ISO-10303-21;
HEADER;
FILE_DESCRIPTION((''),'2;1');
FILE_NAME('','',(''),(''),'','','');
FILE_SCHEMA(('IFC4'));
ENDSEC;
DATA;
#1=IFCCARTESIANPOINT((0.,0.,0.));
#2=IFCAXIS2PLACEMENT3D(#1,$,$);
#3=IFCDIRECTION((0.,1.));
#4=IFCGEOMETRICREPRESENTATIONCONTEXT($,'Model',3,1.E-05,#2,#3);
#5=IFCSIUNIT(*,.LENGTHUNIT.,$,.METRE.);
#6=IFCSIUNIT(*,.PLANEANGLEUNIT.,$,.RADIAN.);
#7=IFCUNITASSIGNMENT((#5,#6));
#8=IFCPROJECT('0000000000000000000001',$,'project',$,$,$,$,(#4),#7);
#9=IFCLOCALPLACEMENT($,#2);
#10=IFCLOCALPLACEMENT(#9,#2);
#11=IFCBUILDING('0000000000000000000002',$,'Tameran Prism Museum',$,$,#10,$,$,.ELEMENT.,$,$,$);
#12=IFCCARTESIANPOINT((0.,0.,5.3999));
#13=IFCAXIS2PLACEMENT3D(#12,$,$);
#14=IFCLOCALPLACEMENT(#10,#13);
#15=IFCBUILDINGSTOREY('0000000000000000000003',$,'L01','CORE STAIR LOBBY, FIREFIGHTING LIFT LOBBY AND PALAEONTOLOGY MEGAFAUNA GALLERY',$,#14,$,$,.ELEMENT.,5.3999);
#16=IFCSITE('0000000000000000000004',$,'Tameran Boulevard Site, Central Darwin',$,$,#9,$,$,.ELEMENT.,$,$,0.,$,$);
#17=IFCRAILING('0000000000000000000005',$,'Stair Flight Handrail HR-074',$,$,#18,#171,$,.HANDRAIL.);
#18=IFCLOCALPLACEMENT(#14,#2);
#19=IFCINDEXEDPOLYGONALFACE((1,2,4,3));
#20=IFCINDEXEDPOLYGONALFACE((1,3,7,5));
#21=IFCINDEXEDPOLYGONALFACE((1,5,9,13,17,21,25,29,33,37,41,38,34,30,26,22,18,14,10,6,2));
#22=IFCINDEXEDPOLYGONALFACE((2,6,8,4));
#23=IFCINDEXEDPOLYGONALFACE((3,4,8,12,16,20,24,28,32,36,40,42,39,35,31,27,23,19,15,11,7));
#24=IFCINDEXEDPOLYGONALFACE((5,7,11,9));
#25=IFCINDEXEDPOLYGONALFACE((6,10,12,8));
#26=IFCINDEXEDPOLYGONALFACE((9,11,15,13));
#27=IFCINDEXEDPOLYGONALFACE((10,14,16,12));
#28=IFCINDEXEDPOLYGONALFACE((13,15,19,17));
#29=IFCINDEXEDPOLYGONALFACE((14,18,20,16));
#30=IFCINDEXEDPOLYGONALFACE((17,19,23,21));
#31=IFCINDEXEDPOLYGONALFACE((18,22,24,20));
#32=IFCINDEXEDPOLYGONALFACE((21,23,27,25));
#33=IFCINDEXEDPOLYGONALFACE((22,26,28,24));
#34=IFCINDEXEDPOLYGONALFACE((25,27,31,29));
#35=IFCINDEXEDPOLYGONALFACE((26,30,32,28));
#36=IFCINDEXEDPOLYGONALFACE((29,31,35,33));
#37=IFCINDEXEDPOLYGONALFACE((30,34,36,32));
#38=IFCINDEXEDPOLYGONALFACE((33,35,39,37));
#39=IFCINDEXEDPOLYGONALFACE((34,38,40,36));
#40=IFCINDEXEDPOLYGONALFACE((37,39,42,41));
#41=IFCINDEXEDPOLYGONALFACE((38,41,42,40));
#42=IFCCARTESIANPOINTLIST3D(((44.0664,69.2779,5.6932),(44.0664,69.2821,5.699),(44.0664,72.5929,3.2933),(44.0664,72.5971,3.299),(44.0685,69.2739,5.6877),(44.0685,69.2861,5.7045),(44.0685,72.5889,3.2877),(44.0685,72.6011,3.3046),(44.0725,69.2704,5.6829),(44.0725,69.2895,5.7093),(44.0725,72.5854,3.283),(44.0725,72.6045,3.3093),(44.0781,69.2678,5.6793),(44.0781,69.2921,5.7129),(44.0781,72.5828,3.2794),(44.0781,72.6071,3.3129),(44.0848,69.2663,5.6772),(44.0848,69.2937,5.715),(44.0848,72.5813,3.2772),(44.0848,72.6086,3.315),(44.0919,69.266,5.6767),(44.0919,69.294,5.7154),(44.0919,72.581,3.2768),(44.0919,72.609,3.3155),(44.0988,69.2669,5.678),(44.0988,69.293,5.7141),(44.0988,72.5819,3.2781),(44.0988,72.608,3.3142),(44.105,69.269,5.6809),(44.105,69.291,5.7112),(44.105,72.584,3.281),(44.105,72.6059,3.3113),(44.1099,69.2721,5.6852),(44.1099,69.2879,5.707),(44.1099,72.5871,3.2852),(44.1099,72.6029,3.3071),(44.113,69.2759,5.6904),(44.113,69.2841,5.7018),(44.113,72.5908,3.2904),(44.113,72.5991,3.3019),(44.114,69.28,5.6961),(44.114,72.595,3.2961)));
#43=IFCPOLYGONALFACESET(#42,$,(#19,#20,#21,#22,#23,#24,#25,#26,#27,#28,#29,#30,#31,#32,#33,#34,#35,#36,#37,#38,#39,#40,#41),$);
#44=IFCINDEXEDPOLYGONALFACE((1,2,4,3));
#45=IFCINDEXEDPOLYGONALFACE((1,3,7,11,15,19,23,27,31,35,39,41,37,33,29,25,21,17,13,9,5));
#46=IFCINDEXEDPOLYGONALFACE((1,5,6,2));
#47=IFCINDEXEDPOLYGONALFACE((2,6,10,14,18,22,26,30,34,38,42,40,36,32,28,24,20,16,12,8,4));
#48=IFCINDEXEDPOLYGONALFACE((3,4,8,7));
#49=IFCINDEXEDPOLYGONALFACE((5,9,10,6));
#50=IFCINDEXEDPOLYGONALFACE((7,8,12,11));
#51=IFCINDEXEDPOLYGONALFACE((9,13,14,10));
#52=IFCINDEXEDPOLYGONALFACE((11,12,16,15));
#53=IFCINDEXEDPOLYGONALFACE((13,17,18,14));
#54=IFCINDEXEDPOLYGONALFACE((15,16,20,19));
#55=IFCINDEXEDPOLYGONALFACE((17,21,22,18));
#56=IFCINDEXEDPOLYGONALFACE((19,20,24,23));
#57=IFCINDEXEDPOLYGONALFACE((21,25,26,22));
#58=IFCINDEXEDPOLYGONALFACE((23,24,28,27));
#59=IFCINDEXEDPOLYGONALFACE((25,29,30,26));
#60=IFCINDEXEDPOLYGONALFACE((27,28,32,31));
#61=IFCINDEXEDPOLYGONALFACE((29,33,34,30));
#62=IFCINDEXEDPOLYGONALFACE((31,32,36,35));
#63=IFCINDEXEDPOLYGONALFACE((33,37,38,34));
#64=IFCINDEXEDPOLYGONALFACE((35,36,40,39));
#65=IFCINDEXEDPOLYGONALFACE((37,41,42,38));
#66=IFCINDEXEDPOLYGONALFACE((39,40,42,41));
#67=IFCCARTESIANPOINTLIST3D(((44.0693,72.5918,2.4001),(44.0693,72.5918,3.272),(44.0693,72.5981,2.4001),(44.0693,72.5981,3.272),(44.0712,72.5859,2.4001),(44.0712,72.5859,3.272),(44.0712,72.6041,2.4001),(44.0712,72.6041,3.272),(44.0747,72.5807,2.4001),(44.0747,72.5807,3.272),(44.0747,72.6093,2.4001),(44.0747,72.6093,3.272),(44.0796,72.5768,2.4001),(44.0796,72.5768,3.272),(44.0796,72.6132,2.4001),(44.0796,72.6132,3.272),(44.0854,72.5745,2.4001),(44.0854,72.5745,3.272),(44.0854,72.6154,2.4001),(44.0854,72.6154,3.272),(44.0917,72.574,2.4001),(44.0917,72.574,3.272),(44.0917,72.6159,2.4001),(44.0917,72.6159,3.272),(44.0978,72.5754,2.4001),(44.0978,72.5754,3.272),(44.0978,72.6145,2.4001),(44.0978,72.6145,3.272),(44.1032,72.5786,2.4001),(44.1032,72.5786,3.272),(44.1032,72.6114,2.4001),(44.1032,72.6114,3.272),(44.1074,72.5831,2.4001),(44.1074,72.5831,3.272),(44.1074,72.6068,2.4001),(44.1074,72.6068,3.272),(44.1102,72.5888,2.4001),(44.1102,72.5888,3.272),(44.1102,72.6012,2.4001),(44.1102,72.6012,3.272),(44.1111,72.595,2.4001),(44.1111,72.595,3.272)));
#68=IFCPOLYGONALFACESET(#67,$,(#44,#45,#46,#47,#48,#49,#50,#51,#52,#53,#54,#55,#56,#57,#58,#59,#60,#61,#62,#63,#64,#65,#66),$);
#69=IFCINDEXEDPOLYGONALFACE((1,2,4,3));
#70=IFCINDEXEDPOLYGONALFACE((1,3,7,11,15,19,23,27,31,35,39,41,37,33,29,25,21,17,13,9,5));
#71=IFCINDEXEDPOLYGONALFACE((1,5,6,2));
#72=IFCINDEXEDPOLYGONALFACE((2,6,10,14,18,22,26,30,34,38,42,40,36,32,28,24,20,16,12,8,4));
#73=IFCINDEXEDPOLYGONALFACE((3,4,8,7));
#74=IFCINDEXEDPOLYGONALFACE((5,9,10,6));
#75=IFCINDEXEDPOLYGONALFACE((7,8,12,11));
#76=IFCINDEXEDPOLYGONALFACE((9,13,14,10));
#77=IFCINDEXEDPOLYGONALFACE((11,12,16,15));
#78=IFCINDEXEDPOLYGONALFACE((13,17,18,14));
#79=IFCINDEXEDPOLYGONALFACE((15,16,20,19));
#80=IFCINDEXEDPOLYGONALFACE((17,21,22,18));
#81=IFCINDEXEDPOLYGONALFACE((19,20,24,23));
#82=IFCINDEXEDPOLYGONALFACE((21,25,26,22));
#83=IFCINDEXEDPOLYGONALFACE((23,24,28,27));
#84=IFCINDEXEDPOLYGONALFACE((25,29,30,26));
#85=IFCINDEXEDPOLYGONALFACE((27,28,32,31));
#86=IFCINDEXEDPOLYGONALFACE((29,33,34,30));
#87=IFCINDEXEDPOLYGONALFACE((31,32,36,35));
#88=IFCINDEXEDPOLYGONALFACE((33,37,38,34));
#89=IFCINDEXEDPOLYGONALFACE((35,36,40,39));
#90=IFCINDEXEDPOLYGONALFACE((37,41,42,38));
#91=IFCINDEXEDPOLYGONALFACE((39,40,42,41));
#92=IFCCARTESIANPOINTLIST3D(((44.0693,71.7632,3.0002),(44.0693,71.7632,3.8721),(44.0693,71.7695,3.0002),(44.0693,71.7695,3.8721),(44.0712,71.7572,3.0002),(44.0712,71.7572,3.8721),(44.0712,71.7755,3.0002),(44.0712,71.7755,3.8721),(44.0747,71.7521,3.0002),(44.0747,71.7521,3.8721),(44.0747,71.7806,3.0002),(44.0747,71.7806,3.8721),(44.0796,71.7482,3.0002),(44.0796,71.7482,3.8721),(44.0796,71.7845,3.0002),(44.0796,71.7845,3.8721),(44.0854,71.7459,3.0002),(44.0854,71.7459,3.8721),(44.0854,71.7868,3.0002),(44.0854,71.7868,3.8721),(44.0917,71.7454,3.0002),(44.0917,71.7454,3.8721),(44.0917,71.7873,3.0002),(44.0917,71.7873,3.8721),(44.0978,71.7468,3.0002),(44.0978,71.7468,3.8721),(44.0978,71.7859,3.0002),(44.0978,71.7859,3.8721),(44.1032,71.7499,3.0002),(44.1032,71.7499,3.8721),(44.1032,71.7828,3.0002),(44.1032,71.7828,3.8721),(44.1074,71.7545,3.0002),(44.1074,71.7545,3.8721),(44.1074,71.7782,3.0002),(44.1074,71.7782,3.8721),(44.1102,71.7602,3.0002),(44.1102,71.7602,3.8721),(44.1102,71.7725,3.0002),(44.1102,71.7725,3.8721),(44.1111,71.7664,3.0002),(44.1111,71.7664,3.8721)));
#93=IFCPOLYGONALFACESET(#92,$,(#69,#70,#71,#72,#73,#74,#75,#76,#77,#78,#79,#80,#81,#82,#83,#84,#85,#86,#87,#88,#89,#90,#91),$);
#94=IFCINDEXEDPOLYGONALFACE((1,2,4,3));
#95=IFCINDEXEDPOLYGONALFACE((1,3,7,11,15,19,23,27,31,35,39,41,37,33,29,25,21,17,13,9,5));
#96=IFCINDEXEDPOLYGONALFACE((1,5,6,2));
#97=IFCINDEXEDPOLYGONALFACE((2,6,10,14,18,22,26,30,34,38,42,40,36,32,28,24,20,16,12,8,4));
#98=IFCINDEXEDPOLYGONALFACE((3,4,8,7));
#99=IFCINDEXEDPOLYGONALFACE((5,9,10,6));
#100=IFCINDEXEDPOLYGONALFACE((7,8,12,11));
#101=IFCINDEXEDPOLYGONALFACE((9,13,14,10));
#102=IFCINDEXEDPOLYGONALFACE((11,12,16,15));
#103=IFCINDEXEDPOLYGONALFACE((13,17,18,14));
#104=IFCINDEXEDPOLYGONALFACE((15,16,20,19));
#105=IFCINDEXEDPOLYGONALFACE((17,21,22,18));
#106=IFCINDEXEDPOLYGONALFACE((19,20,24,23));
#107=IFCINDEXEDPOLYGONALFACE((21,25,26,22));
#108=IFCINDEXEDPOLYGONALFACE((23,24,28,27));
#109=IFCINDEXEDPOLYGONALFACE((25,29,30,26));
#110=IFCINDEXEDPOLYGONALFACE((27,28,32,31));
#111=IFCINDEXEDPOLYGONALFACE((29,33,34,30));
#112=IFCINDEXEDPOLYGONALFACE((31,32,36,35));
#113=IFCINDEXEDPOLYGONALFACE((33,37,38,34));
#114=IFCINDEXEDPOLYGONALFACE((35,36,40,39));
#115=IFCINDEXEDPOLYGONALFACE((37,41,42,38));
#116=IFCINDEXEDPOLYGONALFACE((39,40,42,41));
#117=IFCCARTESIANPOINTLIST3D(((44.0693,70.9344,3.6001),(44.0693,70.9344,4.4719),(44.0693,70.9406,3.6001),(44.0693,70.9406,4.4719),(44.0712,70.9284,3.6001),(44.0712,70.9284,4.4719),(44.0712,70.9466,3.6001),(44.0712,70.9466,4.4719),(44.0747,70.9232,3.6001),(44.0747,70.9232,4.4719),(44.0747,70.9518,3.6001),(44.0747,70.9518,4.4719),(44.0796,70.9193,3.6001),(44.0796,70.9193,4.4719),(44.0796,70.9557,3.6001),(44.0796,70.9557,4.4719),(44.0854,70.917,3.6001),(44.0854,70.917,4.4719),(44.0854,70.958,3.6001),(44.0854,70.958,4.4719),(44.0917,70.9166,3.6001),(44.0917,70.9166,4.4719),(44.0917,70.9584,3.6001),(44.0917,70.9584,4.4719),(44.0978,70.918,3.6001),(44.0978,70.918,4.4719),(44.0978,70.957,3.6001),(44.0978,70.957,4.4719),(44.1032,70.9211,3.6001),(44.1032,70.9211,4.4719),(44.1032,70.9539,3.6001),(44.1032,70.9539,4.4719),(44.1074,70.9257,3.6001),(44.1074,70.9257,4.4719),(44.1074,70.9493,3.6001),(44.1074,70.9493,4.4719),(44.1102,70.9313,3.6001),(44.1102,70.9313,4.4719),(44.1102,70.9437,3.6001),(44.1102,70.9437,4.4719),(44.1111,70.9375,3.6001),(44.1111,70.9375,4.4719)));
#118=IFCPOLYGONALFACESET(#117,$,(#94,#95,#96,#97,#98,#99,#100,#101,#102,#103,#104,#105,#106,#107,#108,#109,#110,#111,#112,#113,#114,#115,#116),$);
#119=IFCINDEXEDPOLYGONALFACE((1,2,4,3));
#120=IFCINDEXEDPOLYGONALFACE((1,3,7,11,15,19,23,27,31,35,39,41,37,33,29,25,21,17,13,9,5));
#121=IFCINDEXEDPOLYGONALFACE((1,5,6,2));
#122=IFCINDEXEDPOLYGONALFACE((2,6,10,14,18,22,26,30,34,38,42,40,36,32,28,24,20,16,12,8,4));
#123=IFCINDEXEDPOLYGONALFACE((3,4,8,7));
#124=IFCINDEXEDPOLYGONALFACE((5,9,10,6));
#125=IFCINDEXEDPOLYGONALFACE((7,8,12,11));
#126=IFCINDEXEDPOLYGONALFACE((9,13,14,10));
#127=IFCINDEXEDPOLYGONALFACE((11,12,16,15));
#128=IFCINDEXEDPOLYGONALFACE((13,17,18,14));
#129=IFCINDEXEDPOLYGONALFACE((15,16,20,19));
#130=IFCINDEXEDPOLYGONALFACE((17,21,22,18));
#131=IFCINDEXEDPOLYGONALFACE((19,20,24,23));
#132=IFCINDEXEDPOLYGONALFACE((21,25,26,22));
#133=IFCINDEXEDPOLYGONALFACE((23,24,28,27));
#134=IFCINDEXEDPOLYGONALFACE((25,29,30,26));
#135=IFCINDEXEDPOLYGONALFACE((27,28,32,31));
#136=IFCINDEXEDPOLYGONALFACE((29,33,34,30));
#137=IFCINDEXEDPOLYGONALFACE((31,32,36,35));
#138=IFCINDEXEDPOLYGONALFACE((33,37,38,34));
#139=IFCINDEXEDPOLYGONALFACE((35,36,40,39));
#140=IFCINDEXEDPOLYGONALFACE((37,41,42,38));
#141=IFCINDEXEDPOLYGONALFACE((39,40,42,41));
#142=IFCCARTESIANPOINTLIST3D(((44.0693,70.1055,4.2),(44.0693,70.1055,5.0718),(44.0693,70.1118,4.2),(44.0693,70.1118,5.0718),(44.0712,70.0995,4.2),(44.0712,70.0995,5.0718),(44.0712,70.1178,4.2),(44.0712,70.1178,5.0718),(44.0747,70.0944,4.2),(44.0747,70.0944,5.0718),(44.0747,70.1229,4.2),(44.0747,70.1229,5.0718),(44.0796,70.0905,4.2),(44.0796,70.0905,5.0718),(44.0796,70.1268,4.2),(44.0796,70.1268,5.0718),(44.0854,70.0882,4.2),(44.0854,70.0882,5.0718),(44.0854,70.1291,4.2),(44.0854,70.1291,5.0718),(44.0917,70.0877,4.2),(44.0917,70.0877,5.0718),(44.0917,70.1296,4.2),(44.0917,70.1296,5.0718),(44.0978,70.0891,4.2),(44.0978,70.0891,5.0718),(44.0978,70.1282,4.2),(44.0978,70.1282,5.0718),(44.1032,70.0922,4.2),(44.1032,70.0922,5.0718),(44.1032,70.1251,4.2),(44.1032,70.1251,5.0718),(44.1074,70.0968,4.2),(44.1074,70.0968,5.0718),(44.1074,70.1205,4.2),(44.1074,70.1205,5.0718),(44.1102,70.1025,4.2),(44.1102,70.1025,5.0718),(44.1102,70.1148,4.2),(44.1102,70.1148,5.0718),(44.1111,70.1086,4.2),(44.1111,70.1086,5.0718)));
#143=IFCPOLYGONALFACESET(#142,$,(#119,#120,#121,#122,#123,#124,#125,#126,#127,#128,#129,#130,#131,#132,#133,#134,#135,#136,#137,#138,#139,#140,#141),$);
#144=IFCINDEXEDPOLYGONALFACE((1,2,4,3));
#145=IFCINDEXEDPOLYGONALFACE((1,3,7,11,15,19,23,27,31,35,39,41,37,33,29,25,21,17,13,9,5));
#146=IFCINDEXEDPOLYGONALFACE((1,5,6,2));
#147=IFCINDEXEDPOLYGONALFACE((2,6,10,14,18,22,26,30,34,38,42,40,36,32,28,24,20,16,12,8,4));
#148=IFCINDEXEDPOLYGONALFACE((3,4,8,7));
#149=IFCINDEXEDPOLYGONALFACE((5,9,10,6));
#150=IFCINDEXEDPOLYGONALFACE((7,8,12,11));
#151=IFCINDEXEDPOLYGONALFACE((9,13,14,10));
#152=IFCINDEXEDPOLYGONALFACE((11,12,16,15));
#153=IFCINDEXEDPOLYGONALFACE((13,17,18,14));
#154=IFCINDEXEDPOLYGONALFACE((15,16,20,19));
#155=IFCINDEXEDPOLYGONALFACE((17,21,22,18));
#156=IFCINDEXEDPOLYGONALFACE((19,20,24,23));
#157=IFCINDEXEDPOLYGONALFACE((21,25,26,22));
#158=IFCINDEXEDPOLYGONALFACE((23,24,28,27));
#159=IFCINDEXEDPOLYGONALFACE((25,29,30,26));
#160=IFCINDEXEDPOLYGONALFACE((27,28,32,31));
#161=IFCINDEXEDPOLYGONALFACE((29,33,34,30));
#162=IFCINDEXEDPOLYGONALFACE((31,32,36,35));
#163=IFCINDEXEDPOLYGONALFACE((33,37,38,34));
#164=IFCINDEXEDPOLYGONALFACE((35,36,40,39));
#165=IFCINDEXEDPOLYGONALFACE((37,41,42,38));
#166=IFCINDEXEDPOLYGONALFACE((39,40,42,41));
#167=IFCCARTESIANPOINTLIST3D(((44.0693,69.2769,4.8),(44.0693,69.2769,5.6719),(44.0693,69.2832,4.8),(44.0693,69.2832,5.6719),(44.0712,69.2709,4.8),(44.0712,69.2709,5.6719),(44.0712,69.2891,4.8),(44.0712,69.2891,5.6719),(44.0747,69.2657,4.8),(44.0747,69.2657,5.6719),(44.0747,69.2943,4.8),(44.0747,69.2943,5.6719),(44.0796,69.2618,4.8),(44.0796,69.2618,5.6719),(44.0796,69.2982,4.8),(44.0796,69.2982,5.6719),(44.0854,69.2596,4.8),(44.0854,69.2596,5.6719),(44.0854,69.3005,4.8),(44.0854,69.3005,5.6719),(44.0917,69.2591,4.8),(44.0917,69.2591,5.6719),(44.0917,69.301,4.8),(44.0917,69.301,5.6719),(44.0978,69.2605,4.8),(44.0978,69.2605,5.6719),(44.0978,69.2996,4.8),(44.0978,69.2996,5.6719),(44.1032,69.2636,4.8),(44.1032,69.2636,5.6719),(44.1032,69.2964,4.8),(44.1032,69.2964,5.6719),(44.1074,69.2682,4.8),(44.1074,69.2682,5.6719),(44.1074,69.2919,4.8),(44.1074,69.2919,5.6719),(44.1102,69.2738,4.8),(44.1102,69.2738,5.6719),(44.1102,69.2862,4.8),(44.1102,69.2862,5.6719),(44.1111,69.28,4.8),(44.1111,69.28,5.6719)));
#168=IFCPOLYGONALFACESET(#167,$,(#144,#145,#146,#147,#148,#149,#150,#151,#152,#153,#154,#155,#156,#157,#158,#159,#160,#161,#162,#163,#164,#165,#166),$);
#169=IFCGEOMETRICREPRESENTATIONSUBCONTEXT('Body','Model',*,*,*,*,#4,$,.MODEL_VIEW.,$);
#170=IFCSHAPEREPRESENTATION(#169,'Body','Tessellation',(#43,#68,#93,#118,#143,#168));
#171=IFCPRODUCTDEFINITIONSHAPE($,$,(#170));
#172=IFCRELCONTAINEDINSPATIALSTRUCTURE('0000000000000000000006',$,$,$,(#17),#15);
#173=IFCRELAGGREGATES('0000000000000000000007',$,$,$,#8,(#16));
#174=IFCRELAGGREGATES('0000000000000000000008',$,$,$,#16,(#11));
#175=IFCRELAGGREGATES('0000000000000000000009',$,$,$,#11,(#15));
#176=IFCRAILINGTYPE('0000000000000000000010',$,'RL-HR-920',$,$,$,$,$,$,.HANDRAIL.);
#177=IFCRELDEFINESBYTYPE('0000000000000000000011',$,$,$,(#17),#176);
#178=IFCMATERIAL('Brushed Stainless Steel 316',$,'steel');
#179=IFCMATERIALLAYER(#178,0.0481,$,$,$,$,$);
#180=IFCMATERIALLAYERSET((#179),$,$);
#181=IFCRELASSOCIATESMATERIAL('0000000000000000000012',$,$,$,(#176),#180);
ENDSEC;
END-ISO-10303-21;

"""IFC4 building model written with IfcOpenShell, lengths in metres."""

from ifc_helpers import new_model, si_unit, direction, frame, origin, origin_2d, place, context, subcontext, project, spatial, circle, extrude, material, layer, layer_set, type_object, element, save


model = new_model("IFC4")

# Units and contexts
model_context = context("Model", 3, precision=1e-05, world=origin(), true_north=direction((0.0, 1.0)))
body_context = subcontext(model_context, "Body", "Model", "MODEL_VIEW")
ifc_project = project(units=[si_unit("LENGTHUNIT", "METRE"), si_unit("PLANEANGLEUNIT", "RADIAN")], contexts=[model_context])

# Site, building, storey
site_placement = place(None, origin())
site = spatial("IfcSite", under=ifc_project, at=site_placement, Name="Tameran Boulevard Site, Central Darwin", CompositionType="ELEMENT", RefElevation=0.0)
building_placement = place(site_placement, origin())
building = spatial("IfcBuilding", under=site, at=building_placement, Name="Tameran Prism Museum", CompositionType="ELEMENT")
storey_placement = place(building_placement, frame((0.0, 0.0, 5.3999)))
storey = spatial("IfcBuildingStorey", under=building, at=storey_placement, Name="L01", Description="CORE STAIR LOBBY, FIREFIGHTING LIFT LOBBY AND PALAEONTOLOGY MEGAFAUNA GALLERY", CompositionType="ELEMENT", Elevation=5.3999)

# Railing
ifc_material_1 = material(Name="Brushed Stainless Steel 316", Category="steel")
ifc_layer_1 = layer(ifc_material_1, 0.0481)
ifc_layer_set_1 = layer_set([ifc_layer_1])
railing_type_1 = type_object("IfcRailingType", Name="RL-HR-920", PredefinedType="HANDRAIL", material=ifc_layer_set_1)
railing_1_placement = place(storey_placement, frame((44.0901, 72.595, 2.4001)))
element("IfcRailing", 1, at=railing_1_placement, inside=storey, type_object=railing_type_1, Name="Stair Flight Handrail HR-074", PredefinedType="HANDRAIL", context=body_context, shape_type="SweptSolid", body=[
    extrude(circle(Radius=0.0239, at=origin_2d()), frame((0.0, 0.0, 0.896), z_axis=(0.0, -0.810009, 0.586418), x_axis=(1.0, 0.0, 0.0)), (0.0, 0.0, 1.0), 4.0925),
    extrude(circle(Radius=0.021, at=origin_2d()), origin(), (0.0, 0.0, 1.0), 0.8718),
    extrude(circle(Radius=0.021, at=origin_2d()), frame((0.0, -0.8286, 0.6001)), (0.0, 0.0, 1.0), 0.8718),
    extrude(circle(Radius=0.021, at=origin_2d()), frame((0.0, -1.6575, 1.2)), (0.0, 0.0, 1.0), 0.8718),
    extrude(circle(Radius=0.021, at=origin_2d()), frame((0.0, -2.4863, 1.7998)), (0.0, 0.0, 1.0), 0.8718),
    extrude(circle(Radius=0.021, at=origin_2d()), frame((0.0, -3.3149, 2.3999)), (0.0, 0.0, 1.0), 0.8718),
])

save(model, "model.ifc")
